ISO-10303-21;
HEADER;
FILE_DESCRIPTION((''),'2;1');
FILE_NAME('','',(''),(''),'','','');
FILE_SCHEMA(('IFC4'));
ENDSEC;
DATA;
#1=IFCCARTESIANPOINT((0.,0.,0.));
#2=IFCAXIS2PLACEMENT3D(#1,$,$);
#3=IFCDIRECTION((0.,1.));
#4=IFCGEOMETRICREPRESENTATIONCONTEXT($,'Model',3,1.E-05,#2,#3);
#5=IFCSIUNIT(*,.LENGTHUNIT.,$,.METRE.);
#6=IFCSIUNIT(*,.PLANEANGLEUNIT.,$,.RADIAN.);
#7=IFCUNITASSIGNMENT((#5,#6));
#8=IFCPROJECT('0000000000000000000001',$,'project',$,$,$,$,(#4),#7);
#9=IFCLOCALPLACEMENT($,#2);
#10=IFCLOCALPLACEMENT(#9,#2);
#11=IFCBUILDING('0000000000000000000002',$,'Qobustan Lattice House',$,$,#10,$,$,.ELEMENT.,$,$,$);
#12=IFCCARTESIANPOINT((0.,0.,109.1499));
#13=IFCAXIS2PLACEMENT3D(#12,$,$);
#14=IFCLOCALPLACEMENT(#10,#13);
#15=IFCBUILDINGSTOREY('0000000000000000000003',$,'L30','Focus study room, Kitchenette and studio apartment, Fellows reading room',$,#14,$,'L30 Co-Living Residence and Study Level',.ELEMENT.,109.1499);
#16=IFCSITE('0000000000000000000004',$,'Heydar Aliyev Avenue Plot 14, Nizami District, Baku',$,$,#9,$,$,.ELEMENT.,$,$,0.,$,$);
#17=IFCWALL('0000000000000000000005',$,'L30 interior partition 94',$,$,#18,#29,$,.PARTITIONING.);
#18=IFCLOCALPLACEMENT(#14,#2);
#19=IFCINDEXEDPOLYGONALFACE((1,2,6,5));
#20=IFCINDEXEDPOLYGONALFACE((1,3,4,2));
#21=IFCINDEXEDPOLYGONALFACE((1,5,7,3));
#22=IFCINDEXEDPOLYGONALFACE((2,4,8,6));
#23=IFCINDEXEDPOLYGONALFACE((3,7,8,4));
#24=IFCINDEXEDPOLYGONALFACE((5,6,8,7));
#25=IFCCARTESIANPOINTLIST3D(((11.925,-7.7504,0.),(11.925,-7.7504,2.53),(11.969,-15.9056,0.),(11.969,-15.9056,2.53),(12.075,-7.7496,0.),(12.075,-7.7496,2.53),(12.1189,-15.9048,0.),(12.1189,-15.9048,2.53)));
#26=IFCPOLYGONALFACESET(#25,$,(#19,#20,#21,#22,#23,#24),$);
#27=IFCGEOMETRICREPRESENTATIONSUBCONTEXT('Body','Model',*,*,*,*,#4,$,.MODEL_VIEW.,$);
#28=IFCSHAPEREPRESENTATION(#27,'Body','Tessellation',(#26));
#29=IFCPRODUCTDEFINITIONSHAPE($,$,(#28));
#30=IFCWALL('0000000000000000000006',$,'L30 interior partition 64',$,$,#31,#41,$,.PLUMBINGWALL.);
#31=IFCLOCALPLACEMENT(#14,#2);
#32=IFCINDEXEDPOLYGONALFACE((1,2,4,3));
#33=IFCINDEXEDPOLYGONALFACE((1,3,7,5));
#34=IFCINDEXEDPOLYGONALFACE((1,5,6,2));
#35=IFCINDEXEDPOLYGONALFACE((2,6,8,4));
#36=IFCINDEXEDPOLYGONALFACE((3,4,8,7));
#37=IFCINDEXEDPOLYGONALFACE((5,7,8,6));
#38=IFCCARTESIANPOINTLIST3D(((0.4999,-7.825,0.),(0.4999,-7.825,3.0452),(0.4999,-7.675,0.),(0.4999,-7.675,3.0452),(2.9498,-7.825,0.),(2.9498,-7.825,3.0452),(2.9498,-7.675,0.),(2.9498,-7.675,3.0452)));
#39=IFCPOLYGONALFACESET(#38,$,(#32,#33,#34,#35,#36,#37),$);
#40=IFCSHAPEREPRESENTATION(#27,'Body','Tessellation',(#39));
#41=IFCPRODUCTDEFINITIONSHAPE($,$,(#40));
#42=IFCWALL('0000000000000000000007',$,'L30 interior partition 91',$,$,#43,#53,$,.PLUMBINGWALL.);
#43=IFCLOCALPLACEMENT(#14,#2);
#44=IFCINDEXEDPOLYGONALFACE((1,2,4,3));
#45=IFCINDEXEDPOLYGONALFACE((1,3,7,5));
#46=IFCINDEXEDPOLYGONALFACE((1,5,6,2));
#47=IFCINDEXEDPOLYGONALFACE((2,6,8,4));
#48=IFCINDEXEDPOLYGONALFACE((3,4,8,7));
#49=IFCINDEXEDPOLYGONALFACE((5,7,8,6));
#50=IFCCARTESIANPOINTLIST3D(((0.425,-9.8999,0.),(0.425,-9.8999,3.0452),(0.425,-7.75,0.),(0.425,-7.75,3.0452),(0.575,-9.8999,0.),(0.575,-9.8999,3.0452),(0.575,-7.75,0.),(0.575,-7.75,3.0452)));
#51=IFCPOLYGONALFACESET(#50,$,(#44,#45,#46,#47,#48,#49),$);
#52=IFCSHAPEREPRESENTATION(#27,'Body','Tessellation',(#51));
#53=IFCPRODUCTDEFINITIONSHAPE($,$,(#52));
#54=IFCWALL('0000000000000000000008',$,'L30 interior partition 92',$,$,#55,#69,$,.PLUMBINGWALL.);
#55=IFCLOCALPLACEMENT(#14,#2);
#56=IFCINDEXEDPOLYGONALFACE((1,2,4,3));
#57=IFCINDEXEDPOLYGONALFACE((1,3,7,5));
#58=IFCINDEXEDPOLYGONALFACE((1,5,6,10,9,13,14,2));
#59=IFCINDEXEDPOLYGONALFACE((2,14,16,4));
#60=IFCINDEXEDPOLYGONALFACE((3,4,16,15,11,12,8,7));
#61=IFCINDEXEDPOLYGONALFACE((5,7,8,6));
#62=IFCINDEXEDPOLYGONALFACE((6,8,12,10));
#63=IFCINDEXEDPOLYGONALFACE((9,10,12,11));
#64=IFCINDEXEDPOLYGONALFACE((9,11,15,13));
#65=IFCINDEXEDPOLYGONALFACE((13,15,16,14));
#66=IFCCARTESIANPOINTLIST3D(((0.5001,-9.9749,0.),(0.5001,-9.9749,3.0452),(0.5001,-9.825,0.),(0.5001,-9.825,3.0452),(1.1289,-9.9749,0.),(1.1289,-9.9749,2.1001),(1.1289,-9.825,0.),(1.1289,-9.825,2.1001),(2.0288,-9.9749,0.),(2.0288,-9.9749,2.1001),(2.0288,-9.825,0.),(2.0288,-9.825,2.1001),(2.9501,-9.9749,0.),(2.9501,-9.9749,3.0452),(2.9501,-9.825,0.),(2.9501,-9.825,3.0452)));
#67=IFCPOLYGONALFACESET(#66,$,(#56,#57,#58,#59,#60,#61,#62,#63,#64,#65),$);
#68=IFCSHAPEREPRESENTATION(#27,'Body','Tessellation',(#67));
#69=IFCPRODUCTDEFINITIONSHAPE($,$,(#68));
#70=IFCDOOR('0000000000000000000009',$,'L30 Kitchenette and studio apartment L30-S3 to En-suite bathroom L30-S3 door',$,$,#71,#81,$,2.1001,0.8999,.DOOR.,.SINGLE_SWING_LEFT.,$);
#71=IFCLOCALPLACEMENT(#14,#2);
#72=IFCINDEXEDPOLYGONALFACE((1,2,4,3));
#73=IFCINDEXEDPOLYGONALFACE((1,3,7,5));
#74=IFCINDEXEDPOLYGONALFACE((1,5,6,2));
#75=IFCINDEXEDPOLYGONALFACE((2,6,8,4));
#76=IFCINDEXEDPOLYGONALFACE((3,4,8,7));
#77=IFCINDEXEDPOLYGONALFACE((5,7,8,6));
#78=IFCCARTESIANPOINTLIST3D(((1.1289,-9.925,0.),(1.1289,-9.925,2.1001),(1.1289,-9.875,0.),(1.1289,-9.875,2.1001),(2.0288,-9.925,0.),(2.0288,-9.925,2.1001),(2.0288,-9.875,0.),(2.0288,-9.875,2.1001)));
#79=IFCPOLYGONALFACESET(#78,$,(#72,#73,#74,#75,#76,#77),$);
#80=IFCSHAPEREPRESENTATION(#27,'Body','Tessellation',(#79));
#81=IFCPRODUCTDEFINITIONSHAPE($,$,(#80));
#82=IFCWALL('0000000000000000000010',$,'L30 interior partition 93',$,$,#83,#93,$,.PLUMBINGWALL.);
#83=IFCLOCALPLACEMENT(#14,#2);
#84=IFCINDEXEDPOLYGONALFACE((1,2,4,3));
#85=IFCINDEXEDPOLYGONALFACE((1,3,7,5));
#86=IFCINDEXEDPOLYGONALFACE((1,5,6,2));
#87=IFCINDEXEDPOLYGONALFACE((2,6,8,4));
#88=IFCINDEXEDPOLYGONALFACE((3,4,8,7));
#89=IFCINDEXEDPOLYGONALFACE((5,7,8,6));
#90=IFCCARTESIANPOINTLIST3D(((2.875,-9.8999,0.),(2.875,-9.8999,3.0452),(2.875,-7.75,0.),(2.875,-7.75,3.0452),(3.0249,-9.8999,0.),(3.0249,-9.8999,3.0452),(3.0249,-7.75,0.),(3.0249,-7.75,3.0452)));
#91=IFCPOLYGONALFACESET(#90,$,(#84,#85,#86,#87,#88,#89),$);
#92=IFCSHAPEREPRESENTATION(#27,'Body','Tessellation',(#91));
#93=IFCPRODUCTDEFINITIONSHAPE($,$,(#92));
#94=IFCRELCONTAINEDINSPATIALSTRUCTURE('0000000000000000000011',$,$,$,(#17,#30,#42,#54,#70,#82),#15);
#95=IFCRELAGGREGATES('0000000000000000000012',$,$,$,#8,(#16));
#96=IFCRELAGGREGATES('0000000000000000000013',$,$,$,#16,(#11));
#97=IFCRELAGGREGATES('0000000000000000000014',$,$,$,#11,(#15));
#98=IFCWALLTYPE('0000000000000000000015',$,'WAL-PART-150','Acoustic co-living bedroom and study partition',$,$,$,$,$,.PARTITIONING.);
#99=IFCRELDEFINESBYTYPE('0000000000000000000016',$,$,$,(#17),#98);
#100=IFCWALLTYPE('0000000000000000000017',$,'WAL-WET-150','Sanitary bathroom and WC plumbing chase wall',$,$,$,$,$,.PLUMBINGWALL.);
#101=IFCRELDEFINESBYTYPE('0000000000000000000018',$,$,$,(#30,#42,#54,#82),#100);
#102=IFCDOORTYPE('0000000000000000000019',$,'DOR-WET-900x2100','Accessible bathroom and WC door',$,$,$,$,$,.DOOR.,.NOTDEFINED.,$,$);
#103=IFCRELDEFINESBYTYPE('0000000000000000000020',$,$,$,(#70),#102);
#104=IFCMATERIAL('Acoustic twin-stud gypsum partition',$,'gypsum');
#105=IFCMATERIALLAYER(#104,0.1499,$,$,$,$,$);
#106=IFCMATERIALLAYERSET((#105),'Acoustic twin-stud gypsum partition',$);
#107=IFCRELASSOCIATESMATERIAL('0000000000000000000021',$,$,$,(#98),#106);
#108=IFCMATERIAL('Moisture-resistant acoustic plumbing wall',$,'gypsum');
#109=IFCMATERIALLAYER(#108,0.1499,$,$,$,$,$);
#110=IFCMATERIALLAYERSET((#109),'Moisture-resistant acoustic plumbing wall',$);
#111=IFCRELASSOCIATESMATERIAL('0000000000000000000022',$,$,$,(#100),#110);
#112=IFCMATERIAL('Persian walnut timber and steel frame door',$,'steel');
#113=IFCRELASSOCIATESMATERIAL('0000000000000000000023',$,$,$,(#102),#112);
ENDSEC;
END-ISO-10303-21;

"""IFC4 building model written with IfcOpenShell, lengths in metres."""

from ifc_helpers import new_model, si_unit, direction, frame, frame_2d, origin, place, context, subcontext, project, spatial, rectangle, extrude, material, layer, layer_set, type_object, element, fill, save


model = new_model("IFC4")

# Units and contexts
model_context = context("Model", 3, precision=1e-05, world=origin(), true_north=direction((0.0, 1.0)))
body_context = subcontext(model_context, "Body", "Model", "MODEL_VIEW")
ifc_project = project(units=[si_unit("LENGTHUNIT", "METRE"), si_unit("PLANEANGLEUNIT", "RADIAN")], contexts=[model_context])

# Site, building, storey
site_placement = place(None, origin())
site = spatial("IfcSite", under=ifc_project, at=site_placement, Name="Heydar Aliyev Avenue Plot 14, Nizami District, Baku", CompositionType="ELEMENT", RefElevation=0.0)
building_placement = place(site_placement, origin())
building = spatial("IfcBuilding", under=site, at=building_placement, Name="Qobustan Lattice House", CompositionType="ELEMENT")
storey_placement = place(building_placement, frame((0.0, 0.0, 109.1499)))
storey = spatial("IfcBuildingStorey", under=building, at=storey_placement, Name="L30", Description="Focus study room, Kitchenette and studio apartment, Fellows reading room", LongName="L30 Co-Living Residence and Study Level", CompositionType="ELEMENT", Elevation=109.1499)

# Walls
ifc_material_1 = material(Name="Acoustic twin-stud gypsum partition", Category="gypsum")
ifc_layer_1 = layer(ifc_material_1, 0.1499)
ifc_layer_set_1 = layer_set([ifc_layer_1], Name="Acoustic twin-stud gypsum partition")
wall_type_1 = type_object("IfcWallType", Name="WAL-PART-150", Description="Acoustic co-living bedroom and study partition", PredefinedType="PARTITIONING", material=ifc_layer_set_1)
wall_1_placement = place(storey_placement, frame((12.0, -7.75, 0.0), z_axis=(0.0, 0.0, 1.0), x_axis=(0.005388, -0.999985, 0.0)))
element("IfcWall", 1, at=wall_1_placement, inside=storey, type_object=wall_type_1, Name="L30 interior partition 94", PredefinedType="PARTITIONING", context=body_context, shape_type="SweptSolid", body=[
    extrude(rectangle(XDim=8.1553, YDim=0.1499, at=frame_2d((4.0776, 0.0))), origin(), (0.0, 0.0, 1.0), 2.53),
])
ifc_material_2 = material(Name="Moisture-resistant acoustic plumbing wall", Category="gypsum")
ifc_layer_2 = layer(ifc_material_2, 0.1499)
ifc_layer_set_2 = layer_set([ifc_layer_2], Name="Moisture-resistant acoustic plumbing wall")
wall_type_2 = type_object("IfcWallType", Name="WAL-WET-150", Description="Sanitary bathroom and WC plumbing chase wall", PredefinedType="PLUMBINGWALL", material=ifc_layer_set_2)
wall_2_placement = place(storey_placement, frame((2.95, -7.75, 0.0), z_axis=(0.0, 0.0, 1.0), x_axis=(-1.0, 0.0, 0.0)))
element("IfcWall", 2, at=wall_2_placement, inside=storey, type_object=wall_type_2, Name="L30 interior partition 64", PredefinedType="PLUMBINGWALL", context=body_context, shape_type="SweptSolid", body=[
    extrude(rectangle(XDim=2.45, YDim=0.1499, at=frame_2d((1.2251, 0.0))), origin(), (0.0, 0.0, 1.0), 3.0452),
])
wall_3_placement = place(storey_placement, frame((0.5, -7.75, 0.0), z_axis=(0.0, 0.0, 1.0), x_axis=(0.0, -1.0, 0.0)))
element("IfcWall", 3, at=wall_3_placement, inside=storey, type_object=wall_type_2, Name="L30 interior partition 91", PredefinedType="PLUMBINGWALL", context=body_context, shape_type="SweptSolid", body=[
    extrude(rectangle(XDim=2.1499, YDim=0.1499, at=frame_2d((1.075, 0.0))), origin(), (0.0, 0.0, 1.0), 3.0452),
])

# Wall, opening, door
wall_4_placement = place(storey_placement, frame((0.5, -9.8999, 0.0), z_axis=(0.0, 0.0, 1.0), x_axis=(1.0, 0.0, 0.0)))
wall_4 = element("IfcWall", 4, at=wall_4_placement, inside=storey, type_object=wall_type_2, Name="L30 interior partition 92", PredefinedType="PLUMBINGWALL", context=body_context, shape_type="SweptSolid", body=[
    extrude(rectangle(XDim=2.45, YDim=0.1499, at=frame_2d((1.2251, 0.0))), origin(), (0.0, 0.0, 1.0), 3.0452),
])
opening_1_placement = place(wall_4_placement, frame((0.6289, 0.0, 0.0)))
opening_1 = element("IfcOpeningElement", 5, at=opening_1_placement, cuts=wall_4, PredefinedType="OPENING", context=body_context, shape_type="SweptSolid", body=[
    extrude(rectangle(XDim=0.8999, YDim=2.1001, at=frame_2d((0.45, 1.05))), frame((0.0, 0.085, 0.0), z_axis=(0.0, -1.0, 0.0), x_axis=(1.0, 0.0, 0.0)), (0.0, 0.0, 1.0), 0.1699),
])
ifc_material_3 = material(Name="Persian walnut timber and steel frame door", Category="steel")
door_type_1 = type_object("IfcDoorType", Name="DOR-WET-900x2100", Description="Accessible bathroom and WC door", OperationType="NOTDEFINED", PredefinedType="DOOR", material=ifc_material_3)
door_1_placement = place(opening_1_placement, origin())
door_1 = element("IfcDoor", 6, at=door_1_placement, inside=storey, type_object=door_type_1, Name="L30 Kitchenette and studio apartment L30-S3 to En-suite bathroom L30-S3 door", OperationType="SINGLE_SWING_LEFT", OverallHeight=2.1001, OverallWidth=0.8999, PredefinedType="DOOR", context=body_context, shape_type="SweptSolid", body=[
    extrude(rectangle(XDim=0.8999, YDim=2.1001, at=frame_2d((0.45, 1.05))), frame((0.0, 0.0249, 0.0), z_axis=(0.0, -1.0, 0.0), x_axis=(1.0, 0.0, 0.0)), (0.0, 0.0, 1.0), 0.05),
])
fill(opening_1, door_1)

# Wall
wall_5_placement = place(storey_placement, frame((2.95, -9.8999, 0.0), z_axis=(0.0, 0.0, 1.0), x_axis=(0.0, 1.0, 0.0)))
element("IfcWall", 7, at=wall_5_placement, inside=storey, type_object=wall_type_2, Name="L30 interior partition 93", PredefinedType="PLUMBINGWALL", context=body_context, shape_type="SweptSolid", body=[
    extrude(rectangle(XDim=2.1499, YDim=0.1499, at=frame_2d((1.075, 0.0))), origin(), (0.0, 0.0, 1.0), 3.0452),
])

save(model, "model.ifc")
